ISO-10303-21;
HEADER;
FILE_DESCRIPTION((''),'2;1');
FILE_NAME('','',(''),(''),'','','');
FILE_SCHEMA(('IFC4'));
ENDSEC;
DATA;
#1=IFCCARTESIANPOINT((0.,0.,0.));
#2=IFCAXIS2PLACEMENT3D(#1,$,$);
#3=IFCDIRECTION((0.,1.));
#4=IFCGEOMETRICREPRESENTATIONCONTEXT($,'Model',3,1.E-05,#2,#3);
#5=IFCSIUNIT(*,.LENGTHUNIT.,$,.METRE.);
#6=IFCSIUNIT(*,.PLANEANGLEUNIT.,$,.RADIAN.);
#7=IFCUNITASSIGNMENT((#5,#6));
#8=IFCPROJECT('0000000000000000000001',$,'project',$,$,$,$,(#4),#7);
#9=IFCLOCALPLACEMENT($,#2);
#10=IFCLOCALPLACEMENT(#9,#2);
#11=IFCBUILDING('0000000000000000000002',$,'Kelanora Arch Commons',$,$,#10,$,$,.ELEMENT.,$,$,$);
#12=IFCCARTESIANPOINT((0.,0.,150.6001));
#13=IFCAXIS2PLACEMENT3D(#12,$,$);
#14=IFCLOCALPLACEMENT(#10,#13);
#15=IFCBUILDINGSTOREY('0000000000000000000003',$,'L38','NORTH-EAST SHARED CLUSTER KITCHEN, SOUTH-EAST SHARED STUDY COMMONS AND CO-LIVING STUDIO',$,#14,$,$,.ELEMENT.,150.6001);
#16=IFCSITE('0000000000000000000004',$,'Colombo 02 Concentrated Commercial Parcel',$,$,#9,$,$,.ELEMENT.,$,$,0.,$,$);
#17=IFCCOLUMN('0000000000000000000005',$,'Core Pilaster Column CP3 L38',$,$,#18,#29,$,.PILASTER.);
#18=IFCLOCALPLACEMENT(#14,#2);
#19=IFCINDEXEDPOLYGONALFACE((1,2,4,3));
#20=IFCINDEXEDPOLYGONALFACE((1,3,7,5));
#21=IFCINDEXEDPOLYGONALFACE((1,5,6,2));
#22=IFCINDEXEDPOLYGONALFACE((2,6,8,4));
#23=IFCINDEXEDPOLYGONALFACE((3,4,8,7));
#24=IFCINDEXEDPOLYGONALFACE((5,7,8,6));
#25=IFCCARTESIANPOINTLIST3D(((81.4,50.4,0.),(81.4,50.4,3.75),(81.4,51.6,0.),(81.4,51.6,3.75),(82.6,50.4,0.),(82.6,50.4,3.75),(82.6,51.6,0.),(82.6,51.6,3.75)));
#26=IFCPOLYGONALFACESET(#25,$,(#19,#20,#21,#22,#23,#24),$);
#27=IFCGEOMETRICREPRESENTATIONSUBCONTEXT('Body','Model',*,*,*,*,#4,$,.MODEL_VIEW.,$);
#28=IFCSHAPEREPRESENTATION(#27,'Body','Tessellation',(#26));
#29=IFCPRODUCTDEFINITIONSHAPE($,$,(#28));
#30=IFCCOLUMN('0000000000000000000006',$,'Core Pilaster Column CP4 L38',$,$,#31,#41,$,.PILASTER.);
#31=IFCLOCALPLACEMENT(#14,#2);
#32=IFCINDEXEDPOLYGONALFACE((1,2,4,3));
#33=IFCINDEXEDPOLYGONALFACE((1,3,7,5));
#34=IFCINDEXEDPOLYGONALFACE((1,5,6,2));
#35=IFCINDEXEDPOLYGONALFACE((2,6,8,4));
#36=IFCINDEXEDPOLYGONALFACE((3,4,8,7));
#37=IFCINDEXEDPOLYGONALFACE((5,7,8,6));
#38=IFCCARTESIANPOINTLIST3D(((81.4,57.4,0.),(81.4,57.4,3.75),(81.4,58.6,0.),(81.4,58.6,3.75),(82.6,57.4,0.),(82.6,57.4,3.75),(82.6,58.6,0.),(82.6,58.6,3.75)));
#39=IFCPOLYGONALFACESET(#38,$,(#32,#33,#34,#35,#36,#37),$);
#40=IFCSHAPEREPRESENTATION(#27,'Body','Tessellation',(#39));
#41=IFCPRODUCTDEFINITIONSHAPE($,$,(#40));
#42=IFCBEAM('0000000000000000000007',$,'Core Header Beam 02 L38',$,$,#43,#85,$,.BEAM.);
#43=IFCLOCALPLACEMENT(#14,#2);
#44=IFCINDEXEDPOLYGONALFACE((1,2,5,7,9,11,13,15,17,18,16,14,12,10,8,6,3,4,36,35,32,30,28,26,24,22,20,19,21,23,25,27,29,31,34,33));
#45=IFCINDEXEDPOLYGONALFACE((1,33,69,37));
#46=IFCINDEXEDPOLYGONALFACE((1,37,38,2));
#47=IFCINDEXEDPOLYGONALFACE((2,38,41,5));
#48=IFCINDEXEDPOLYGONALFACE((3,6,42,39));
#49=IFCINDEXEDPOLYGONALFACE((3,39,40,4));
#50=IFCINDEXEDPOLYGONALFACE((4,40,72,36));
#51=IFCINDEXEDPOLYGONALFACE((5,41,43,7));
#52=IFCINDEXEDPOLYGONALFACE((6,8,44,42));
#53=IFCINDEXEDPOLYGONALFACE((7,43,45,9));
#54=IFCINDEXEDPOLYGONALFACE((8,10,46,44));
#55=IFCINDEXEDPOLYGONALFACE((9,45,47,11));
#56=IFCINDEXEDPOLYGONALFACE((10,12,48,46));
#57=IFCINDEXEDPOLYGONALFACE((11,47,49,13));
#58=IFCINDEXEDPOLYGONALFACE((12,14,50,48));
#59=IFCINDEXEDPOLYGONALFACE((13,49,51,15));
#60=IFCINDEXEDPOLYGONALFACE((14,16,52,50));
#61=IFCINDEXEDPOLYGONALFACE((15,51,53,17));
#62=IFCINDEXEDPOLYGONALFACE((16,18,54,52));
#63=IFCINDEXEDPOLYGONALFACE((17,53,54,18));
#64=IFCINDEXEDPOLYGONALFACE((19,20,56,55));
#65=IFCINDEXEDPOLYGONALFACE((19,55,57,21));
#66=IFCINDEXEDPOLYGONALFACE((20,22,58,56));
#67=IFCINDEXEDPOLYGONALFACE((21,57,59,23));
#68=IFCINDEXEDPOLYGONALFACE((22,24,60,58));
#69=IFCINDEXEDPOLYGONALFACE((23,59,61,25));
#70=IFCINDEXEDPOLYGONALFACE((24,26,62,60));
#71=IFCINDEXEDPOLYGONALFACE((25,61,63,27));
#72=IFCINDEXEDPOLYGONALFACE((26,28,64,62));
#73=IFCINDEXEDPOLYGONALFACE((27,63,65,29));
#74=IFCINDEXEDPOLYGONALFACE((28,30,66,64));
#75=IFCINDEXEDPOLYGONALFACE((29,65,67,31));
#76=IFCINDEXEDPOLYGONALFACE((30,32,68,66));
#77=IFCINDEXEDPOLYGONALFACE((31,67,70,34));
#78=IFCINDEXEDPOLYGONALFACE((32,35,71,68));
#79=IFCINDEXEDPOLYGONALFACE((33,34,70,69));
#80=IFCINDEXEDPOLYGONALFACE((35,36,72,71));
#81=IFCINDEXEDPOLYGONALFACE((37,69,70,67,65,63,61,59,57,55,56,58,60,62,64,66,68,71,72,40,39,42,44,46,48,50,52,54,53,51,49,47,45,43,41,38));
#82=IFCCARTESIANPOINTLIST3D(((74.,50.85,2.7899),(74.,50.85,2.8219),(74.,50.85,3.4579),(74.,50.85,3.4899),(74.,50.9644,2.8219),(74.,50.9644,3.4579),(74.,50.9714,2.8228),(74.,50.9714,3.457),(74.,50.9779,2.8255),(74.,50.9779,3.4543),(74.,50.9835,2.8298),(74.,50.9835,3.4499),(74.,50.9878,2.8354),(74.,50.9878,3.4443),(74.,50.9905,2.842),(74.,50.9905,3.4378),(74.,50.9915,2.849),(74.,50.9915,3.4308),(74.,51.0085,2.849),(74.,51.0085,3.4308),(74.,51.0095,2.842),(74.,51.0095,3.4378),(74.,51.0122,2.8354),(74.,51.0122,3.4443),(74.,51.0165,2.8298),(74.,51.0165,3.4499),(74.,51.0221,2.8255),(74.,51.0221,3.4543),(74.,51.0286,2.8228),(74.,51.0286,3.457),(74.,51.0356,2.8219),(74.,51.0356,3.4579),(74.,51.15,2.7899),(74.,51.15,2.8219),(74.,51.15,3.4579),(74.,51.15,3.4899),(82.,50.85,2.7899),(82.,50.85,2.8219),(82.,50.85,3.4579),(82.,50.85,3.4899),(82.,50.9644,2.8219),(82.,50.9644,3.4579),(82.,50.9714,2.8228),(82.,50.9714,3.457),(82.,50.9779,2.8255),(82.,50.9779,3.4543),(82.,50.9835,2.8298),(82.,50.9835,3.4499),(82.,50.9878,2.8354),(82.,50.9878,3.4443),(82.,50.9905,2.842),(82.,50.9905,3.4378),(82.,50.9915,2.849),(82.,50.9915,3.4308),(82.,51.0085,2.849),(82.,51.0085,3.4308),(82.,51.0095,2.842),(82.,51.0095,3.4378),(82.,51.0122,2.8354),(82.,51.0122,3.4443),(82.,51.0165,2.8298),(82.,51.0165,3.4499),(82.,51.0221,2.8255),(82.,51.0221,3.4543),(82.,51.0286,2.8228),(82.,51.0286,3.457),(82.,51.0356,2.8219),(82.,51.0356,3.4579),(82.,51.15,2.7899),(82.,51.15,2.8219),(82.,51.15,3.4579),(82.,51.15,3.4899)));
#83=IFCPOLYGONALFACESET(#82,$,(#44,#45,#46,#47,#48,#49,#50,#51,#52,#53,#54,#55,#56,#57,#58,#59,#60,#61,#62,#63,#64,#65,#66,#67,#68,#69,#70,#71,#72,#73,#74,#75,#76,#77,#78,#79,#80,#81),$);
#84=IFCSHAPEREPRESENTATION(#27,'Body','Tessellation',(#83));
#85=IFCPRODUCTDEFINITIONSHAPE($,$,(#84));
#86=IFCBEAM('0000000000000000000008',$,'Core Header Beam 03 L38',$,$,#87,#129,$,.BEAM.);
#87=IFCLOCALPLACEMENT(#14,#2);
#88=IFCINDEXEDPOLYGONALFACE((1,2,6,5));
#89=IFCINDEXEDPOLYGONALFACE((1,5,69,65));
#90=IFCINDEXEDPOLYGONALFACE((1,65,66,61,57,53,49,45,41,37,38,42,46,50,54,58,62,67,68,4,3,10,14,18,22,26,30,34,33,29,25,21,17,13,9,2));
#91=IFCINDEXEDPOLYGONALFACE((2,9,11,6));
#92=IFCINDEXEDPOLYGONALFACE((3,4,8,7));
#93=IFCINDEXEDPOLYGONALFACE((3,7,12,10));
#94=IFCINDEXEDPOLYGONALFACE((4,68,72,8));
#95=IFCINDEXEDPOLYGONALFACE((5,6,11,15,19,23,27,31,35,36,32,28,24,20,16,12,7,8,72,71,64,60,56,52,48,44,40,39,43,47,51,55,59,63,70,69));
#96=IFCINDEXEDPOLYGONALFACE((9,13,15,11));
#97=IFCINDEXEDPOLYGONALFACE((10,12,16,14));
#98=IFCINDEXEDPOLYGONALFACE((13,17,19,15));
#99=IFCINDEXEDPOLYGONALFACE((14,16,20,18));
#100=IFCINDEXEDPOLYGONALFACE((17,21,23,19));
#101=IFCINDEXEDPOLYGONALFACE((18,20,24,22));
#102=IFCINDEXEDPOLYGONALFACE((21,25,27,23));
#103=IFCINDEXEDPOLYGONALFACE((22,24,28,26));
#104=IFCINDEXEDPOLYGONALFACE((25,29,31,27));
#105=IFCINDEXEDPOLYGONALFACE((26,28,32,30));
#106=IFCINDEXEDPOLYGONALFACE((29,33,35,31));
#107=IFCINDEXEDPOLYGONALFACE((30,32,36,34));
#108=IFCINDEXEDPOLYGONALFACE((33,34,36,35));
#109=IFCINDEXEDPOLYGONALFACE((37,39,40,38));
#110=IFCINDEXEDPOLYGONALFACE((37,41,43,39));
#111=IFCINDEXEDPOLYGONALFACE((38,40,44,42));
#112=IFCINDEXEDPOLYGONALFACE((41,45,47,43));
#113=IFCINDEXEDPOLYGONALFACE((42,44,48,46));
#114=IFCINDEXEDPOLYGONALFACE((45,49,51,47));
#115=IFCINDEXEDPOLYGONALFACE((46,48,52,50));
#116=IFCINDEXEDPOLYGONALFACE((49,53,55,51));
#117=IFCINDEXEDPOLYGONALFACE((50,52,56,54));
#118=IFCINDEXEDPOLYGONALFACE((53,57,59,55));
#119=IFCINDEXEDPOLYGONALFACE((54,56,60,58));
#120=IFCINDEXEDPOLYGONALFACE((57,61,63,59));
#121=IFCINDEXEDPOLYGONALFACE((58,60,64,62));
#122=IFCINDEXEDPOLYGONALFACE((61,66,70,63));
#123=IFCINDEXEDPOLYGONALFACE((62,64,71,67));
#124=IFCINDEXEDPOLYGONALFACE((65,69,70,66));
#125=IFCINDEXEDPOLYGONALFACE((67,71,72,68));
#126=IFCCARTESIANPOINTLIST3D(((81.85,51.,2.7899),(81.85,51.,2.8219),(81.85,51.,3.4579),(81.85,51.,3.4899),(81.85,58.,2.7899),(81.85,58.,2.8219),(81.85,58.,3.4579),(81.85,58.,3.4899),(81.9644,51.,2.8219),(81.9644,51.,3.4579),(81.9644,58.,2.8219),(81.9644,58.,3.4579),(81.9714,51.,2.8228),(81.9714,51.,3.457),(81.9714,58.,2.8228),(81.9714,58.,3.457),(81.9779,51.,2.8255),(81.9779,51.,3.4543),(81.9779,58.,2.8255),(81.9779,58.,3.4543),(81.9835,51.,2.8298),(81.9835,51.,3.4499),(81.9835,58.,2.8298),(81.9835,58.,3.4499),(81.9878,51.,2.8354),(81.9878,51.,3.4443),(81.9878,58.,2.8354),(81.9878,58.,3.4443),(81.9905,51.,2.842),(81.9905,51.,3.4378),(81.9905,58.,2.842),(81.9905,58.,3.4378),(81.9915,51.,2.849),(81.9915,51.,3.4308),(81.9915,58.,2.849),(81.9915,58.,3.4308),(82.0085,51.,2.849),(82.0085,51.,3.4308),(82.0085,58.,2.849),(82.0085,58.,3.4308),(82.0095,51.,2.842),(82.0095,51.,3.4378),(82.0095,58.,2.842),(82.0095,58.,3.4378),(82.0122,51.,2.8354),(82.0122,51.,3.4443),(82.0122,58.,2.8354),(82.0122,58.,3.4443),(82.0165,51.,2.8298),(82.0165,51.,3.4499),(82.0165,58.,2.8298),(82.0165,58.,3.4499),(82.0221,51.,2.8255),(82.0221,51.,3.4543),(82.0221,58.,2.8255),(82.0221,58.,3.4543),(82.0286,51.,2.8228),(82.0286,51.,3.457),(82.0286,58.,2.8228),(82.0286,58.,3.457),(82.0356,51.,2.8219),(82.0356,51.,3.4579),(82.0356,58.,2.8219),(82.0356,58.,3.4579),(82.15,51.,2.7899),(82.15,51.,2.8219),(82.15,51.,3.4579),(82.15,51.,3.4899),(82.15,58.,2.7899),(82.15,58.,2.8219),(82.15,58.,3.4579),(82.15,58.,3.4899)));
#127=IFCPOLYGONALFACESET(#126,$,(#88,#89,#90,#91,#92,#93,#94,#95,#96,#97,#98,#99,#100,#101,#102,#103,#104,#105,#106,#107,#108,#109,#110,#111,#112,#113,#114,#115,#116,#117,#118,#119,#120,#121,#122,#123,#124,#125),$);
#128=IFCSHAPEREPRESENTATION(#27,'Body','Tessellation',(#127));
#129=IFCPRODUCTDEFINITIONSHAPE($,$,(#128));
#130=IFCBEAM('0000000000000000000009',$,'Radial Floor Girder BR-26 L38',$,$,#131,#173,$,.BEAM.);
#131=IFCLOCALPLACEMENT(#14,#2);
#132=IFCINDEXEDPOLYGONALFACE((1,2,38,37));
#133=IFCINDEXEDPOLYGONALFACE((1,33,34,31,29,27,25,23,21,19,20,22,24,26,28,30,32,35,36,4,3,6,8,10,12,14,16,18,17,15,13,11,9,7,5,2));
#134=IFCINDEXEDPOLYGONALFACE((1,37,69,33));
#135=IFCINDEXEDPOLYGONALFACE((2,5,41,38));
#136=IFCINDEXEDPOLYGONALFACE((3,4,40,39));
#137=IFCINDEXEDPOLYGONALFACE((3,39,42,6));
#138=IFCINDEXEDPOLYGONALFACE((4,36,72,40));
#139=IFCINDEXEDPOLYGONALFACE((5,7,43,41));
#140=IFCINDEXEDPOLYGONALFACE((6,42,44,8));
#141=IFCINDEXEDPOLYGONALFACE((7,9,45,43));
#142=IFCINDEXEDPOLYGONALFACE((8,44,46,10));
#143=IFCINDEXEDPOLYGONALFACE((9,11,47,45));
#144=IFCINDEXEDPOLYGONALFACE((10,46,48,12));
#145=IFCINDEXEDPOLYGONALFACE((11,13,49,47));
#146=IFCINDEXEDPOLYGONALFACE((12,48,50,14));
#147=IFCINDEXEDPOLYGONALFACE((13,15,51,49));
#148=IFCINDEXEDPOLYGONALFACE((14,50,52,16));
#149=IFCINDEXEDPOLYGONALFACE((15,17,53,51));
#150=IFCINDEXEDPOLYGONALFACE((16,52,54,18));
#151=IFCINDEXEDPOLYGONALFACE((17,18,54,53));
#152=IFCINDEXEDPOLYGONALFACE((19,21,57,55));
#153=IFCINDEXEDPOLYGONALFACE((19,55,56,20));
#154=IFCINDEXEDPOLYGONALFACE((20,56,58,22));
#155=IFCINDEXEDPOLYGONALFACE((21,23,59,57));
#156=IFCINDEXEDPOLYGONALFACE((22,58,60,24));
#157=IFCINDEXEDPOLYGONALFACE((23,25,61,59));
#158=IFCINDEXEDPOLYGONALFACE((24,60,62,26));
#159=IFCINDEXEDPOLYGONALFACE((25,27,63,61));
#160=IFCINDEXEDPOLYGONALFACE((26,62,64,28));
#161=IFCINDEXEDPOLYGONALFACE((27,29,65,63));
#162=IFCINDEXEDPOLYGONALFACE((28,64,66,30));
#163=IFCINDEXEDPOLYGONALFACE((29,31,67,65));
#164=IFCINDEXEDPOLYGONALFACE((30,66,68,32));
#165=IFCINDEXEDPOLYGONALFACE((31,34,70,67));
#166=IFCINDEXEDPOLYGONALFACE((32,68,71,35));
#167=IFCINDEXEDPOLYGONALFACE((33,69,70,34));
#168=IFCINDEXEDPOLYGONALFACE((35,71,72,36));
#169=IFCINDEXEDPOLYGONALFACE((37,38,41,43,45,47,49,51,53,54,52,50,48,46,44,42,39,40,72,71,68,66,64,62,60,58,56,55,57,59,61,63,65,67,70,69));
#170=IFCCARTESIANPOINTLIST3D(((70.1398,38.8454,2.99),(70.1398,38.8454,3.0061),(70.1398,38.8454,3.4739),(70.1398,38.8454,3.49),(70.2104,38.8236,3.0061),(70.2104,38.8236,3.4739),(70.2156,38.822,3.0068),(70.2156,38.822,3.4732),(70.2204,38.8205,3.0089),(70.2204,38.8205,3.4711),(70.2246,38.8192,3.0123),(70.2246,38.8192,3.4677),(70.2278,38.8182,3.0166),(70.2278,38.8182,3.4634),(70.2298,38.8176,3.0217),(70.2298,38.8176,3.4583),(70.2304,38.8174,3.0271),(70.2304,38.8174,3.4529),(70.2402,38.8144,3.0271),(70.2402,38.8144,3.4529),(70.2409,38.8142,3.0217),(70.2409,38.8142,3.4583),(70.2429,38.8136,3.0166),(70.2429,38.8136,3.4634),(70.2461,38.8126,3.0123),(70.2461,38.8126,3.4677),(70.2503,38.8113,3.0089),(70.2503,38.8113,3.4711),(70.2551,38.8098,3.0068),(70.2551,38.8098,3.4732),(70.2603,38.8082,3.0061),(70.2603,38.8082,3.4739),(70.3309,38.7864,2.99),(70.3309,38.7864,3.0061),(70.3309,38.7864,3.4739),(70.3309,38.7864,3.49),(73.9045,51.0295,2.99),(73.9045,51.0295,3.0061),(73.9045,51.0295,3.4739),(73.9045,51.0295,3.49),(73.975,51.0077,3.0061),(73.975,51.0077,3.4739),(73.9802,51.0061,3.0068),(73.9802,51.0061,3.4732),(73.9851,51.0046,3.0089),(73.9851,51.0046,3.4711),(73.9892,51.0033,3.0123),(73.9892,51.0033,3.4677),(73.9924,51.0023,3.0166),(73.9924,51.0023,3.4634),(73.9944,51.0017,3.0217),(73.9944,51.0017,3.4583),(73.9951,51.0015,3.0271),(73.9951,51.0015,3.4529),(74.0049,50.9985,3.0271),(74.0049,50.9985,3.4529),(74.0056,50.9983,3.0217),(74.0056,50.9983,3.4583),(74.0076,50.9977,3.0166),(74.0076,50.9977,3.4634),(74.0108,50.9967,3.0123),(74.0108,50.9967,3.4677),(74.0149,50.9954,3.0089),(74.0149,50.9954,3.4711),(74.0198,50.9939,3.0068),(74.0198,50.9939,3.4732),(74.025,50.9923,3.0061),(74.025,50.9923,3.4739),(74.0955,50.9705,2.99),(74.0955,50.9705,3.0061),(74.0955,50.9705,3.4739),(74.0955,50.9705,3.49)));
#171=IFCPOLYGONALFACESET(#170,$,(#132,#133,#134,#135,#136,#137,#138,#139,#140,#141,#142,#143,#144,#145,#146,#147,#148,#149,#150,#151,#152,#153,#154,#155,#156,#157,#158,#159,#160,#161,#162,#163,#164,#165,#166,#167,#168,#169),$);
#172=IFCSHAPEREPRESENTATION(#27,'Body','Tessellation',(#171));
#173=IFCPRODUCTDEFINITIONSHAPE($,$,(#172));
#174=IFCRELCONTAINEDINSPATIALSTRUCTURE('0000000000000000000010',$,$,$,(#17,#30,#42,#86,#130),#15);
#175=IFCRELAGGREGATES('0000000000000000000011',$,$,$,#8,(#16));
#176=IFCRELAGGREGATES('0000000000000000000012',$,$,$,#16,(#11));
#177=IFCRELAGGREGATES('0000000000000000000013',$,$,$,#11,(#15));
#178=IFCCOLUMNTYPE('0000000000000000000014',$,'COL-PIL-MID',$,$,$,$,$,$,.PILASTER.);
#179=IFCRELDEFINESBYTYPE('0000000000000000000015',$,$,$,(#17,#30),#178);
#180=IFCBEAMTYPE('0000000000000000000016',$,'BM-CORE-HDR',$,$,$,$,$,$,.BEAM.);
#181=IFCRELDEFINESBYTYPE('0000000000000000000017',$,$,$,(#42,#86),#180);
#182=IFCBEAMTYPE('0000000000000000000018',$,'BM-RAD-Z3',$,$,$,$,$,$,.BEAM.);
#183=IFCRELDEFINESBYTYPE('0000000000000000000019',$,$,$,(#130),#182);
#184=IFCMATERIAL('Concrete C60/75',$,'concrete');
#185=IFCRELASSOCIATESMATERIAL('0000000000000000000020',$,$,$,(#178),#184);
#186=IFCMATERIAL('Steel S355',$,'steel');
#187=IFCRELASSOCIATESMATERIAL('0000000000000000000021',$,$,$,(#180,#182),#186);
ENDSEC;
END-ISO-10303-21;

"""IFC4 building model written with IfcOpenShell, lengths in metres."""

from ifc_helpers import new_model, si_unit, direction, frame, origin, origin_2d, place, context, subcontext, project, spatial, rectangle, i_section, extrude, material, material_profile, profile_set, type_object, element, save


model = new_model("IFC4")

# Units and contexts
model_context = context("Model", 3, precision=1e-05, world=origin(), true_north=direction((0.0, 1.0)))
body_context = subcontext(model_context, "Body", "Model", "MODEL_VIEW")
ifc_project = project(units=[si_unit("LENGTHUNIT", "METRE"), si_unit("PLANEANGLEUNIT", "RADIAN")], contexts=[model_context])

# Site, building, storey
site_placement = place(None, origin())
site = spatial("IfcSite", under=ifc_project, at=site_placement, Name="Colombo 02 Concentrated Commercial Parcel", CompositionType="ELEMENT", RefElevation=0.0)
building_placement = place(site_placement, origin())
building = spatial("IfcBuilding", under=site, at=building_placement, Name="Kelanora Arch Commons", CompositionType="ELEMENT")
storey_placement = place(building_placement, frame((0.0, 0.0, 150.6001)))
storey = spatial("IfcBuildingStorey", under=building, at=storey_placement, Name="L38", Description="NORTH-EAST SHARED CLUSTER KITCHEN, SOUTH-EAST SHARED STUDY COMMONS AND CO-LIVING STUDIO", CompositionType="ELEMENT", Elevation=150.6001)

# Columns
ifc_material_1 = material(Name="Concrete C60/75", Category="concrete")
ifc_material_profile_1 = material_profile(ifc_material_1, rectangle(XDim=1.2, YDim=1.2, at=origin_2d()), Name="RC1200x1200")
ifc_profile_set_1 = profile_set([ifc_material_profile_1], Name="Concrete C60/75")
column_type = type_object("IfcColumnType", Name="COL-PIL-MID", PredefinedType="PILASTER", material=ifc_profile_set_1)
for number, where, z_axis, x_axis, name in (
    (1, (82.0, 51.0, 0.0), (0.0, 0.0, 1.0), (1.0, 0.0, 0.0), "Core Pilaster Column CP3 L38"),
    (2, (82.0, 58.0, 0.0), (0.0, 0.0, 1.0), (1.0, 0.0, 0.0), "Core Pilaster Column CP4 L38"),
):
    element("IfcColumn", number, at=place(storey_placement, frame(where, z_axis=z_axis, x_axis=x_axis)), inside=storey, type_object=column_type, Name=name, PredefinedType="PILASTER", context=body_context, shape_type="SweptSolid", body=[
        extrude(rectangle(XDim=1.2, YDim=1.2, at=origin_2d()), origin(), (0.0, 0.0, 1.0), 3.75),
    ])

# Beams
ifc_material_2 = material(Name="Steel S355", Category="steel")
ifc_material_profile_2 = material_profile(ifc_material_2, i_section(OverallWidth=0.3, OverallDepth=0.7, WebThickness=0.0171, FlangeThickness=0.032, FilletRadius=0.0271, at=origin_2d()), Name="HEB700")
ifc_profile_set_2 = profile_set([ifc_material_profile_2], Name="Steel S355")
beam_type_1 = type_object("IfcBeamType", Name="BM-CORE-HDR", PredefinedType="BEAM", material=ifc_profile_set_2)
beam_1_placement = place(storey_placement, frame((74.0, 51.0, 3.1399), z_axis=(1.0, 0.0, 0.0), x_axis=(0.0, 1.0, 0.0)))
element("IfcBeam", 3, at=beam_1_placement, inside=storey, type_object=beam_type_1, Name="Core Header Beam 02 L38", PredefinedType="BEAM", context=body_context, shape_type="SweptSolid", body=[
    extrude(i_section(OverallWidth=0.3, OverallDepth=0.7, WebThickness=0.0171, FlangeThickness=0.032, FilletRadius=0.0271, at=origin_2d()), origin(), (0.0, 0.0, 1.0), 8.0),
])
beam_2_placement = place(storey_placement, frame((82.0, 51.0, 3.1399), z_axis=(0.0, 1.0, 0.0), x_axis=(-1.0, 0.0, 0.0)))
element("IfcBeam", 4, at=beam_2_placement, inside=storey, type_object=beam_type_1, Name="Core Header Beam 03 L38", PredefinedType="BEAM", context=body_context, shape_type="SweptSolid", body=[
    extrude(i_section(OverallWidth=0.3, OverallDepth=0.7, WebThickness=0.0171, FlangeThickness=0.032, FilletRadius=0.0271, at=origin_2d()), origin(), (0.0, 0.0, 1.0), 7.0),
])
ifc_material_profile_3 = material_profile(ifc_material_2, i_section(OverallWidth=0.2, OverallDepth=0.5, WebThickness=0.0103, FlangeThickness=0.0161, FilletRadius=0.021, at=origin_2d()), Name="IPE500")
ifc_profile_set_3 = profile_set([ifc_material_profile_3], Name="Steel S355")
beam_type_2 = type_object("IfcBeamType", Name="BM-RAD-Z3", PredefinedType="BEAM", material=ifc_profile_set_3)
for number, where, z_axis, x_axis, name in (
    (5, (74.0, 51.0, 3.24), (-0.29521, -0.955432, 0.0), (0.955432, -0.29521, 0.0), "Radial Floor Girder BR-26 L38"),
):
    element("IfcBeam", number, at=place(storey_placement, frame(where, z_axis=z_axis, x_axis=x_axis)), inside=storey, type_object=beam_type_2, Name=name, PredefinedType="BEAM", context=body_context, shape_type="SweptSolid", body=[
        extrude(i_section(OverallWidth=0.2, OverallDepth=0.5, WebThickness=0.0103, FlangeThickness=0.0161, FilletRadius=0.021, at=origin_2d()), origin(), (0.0, 0.0, 1.0), 12.7524),
    ])

save(model, "model.ifc")
